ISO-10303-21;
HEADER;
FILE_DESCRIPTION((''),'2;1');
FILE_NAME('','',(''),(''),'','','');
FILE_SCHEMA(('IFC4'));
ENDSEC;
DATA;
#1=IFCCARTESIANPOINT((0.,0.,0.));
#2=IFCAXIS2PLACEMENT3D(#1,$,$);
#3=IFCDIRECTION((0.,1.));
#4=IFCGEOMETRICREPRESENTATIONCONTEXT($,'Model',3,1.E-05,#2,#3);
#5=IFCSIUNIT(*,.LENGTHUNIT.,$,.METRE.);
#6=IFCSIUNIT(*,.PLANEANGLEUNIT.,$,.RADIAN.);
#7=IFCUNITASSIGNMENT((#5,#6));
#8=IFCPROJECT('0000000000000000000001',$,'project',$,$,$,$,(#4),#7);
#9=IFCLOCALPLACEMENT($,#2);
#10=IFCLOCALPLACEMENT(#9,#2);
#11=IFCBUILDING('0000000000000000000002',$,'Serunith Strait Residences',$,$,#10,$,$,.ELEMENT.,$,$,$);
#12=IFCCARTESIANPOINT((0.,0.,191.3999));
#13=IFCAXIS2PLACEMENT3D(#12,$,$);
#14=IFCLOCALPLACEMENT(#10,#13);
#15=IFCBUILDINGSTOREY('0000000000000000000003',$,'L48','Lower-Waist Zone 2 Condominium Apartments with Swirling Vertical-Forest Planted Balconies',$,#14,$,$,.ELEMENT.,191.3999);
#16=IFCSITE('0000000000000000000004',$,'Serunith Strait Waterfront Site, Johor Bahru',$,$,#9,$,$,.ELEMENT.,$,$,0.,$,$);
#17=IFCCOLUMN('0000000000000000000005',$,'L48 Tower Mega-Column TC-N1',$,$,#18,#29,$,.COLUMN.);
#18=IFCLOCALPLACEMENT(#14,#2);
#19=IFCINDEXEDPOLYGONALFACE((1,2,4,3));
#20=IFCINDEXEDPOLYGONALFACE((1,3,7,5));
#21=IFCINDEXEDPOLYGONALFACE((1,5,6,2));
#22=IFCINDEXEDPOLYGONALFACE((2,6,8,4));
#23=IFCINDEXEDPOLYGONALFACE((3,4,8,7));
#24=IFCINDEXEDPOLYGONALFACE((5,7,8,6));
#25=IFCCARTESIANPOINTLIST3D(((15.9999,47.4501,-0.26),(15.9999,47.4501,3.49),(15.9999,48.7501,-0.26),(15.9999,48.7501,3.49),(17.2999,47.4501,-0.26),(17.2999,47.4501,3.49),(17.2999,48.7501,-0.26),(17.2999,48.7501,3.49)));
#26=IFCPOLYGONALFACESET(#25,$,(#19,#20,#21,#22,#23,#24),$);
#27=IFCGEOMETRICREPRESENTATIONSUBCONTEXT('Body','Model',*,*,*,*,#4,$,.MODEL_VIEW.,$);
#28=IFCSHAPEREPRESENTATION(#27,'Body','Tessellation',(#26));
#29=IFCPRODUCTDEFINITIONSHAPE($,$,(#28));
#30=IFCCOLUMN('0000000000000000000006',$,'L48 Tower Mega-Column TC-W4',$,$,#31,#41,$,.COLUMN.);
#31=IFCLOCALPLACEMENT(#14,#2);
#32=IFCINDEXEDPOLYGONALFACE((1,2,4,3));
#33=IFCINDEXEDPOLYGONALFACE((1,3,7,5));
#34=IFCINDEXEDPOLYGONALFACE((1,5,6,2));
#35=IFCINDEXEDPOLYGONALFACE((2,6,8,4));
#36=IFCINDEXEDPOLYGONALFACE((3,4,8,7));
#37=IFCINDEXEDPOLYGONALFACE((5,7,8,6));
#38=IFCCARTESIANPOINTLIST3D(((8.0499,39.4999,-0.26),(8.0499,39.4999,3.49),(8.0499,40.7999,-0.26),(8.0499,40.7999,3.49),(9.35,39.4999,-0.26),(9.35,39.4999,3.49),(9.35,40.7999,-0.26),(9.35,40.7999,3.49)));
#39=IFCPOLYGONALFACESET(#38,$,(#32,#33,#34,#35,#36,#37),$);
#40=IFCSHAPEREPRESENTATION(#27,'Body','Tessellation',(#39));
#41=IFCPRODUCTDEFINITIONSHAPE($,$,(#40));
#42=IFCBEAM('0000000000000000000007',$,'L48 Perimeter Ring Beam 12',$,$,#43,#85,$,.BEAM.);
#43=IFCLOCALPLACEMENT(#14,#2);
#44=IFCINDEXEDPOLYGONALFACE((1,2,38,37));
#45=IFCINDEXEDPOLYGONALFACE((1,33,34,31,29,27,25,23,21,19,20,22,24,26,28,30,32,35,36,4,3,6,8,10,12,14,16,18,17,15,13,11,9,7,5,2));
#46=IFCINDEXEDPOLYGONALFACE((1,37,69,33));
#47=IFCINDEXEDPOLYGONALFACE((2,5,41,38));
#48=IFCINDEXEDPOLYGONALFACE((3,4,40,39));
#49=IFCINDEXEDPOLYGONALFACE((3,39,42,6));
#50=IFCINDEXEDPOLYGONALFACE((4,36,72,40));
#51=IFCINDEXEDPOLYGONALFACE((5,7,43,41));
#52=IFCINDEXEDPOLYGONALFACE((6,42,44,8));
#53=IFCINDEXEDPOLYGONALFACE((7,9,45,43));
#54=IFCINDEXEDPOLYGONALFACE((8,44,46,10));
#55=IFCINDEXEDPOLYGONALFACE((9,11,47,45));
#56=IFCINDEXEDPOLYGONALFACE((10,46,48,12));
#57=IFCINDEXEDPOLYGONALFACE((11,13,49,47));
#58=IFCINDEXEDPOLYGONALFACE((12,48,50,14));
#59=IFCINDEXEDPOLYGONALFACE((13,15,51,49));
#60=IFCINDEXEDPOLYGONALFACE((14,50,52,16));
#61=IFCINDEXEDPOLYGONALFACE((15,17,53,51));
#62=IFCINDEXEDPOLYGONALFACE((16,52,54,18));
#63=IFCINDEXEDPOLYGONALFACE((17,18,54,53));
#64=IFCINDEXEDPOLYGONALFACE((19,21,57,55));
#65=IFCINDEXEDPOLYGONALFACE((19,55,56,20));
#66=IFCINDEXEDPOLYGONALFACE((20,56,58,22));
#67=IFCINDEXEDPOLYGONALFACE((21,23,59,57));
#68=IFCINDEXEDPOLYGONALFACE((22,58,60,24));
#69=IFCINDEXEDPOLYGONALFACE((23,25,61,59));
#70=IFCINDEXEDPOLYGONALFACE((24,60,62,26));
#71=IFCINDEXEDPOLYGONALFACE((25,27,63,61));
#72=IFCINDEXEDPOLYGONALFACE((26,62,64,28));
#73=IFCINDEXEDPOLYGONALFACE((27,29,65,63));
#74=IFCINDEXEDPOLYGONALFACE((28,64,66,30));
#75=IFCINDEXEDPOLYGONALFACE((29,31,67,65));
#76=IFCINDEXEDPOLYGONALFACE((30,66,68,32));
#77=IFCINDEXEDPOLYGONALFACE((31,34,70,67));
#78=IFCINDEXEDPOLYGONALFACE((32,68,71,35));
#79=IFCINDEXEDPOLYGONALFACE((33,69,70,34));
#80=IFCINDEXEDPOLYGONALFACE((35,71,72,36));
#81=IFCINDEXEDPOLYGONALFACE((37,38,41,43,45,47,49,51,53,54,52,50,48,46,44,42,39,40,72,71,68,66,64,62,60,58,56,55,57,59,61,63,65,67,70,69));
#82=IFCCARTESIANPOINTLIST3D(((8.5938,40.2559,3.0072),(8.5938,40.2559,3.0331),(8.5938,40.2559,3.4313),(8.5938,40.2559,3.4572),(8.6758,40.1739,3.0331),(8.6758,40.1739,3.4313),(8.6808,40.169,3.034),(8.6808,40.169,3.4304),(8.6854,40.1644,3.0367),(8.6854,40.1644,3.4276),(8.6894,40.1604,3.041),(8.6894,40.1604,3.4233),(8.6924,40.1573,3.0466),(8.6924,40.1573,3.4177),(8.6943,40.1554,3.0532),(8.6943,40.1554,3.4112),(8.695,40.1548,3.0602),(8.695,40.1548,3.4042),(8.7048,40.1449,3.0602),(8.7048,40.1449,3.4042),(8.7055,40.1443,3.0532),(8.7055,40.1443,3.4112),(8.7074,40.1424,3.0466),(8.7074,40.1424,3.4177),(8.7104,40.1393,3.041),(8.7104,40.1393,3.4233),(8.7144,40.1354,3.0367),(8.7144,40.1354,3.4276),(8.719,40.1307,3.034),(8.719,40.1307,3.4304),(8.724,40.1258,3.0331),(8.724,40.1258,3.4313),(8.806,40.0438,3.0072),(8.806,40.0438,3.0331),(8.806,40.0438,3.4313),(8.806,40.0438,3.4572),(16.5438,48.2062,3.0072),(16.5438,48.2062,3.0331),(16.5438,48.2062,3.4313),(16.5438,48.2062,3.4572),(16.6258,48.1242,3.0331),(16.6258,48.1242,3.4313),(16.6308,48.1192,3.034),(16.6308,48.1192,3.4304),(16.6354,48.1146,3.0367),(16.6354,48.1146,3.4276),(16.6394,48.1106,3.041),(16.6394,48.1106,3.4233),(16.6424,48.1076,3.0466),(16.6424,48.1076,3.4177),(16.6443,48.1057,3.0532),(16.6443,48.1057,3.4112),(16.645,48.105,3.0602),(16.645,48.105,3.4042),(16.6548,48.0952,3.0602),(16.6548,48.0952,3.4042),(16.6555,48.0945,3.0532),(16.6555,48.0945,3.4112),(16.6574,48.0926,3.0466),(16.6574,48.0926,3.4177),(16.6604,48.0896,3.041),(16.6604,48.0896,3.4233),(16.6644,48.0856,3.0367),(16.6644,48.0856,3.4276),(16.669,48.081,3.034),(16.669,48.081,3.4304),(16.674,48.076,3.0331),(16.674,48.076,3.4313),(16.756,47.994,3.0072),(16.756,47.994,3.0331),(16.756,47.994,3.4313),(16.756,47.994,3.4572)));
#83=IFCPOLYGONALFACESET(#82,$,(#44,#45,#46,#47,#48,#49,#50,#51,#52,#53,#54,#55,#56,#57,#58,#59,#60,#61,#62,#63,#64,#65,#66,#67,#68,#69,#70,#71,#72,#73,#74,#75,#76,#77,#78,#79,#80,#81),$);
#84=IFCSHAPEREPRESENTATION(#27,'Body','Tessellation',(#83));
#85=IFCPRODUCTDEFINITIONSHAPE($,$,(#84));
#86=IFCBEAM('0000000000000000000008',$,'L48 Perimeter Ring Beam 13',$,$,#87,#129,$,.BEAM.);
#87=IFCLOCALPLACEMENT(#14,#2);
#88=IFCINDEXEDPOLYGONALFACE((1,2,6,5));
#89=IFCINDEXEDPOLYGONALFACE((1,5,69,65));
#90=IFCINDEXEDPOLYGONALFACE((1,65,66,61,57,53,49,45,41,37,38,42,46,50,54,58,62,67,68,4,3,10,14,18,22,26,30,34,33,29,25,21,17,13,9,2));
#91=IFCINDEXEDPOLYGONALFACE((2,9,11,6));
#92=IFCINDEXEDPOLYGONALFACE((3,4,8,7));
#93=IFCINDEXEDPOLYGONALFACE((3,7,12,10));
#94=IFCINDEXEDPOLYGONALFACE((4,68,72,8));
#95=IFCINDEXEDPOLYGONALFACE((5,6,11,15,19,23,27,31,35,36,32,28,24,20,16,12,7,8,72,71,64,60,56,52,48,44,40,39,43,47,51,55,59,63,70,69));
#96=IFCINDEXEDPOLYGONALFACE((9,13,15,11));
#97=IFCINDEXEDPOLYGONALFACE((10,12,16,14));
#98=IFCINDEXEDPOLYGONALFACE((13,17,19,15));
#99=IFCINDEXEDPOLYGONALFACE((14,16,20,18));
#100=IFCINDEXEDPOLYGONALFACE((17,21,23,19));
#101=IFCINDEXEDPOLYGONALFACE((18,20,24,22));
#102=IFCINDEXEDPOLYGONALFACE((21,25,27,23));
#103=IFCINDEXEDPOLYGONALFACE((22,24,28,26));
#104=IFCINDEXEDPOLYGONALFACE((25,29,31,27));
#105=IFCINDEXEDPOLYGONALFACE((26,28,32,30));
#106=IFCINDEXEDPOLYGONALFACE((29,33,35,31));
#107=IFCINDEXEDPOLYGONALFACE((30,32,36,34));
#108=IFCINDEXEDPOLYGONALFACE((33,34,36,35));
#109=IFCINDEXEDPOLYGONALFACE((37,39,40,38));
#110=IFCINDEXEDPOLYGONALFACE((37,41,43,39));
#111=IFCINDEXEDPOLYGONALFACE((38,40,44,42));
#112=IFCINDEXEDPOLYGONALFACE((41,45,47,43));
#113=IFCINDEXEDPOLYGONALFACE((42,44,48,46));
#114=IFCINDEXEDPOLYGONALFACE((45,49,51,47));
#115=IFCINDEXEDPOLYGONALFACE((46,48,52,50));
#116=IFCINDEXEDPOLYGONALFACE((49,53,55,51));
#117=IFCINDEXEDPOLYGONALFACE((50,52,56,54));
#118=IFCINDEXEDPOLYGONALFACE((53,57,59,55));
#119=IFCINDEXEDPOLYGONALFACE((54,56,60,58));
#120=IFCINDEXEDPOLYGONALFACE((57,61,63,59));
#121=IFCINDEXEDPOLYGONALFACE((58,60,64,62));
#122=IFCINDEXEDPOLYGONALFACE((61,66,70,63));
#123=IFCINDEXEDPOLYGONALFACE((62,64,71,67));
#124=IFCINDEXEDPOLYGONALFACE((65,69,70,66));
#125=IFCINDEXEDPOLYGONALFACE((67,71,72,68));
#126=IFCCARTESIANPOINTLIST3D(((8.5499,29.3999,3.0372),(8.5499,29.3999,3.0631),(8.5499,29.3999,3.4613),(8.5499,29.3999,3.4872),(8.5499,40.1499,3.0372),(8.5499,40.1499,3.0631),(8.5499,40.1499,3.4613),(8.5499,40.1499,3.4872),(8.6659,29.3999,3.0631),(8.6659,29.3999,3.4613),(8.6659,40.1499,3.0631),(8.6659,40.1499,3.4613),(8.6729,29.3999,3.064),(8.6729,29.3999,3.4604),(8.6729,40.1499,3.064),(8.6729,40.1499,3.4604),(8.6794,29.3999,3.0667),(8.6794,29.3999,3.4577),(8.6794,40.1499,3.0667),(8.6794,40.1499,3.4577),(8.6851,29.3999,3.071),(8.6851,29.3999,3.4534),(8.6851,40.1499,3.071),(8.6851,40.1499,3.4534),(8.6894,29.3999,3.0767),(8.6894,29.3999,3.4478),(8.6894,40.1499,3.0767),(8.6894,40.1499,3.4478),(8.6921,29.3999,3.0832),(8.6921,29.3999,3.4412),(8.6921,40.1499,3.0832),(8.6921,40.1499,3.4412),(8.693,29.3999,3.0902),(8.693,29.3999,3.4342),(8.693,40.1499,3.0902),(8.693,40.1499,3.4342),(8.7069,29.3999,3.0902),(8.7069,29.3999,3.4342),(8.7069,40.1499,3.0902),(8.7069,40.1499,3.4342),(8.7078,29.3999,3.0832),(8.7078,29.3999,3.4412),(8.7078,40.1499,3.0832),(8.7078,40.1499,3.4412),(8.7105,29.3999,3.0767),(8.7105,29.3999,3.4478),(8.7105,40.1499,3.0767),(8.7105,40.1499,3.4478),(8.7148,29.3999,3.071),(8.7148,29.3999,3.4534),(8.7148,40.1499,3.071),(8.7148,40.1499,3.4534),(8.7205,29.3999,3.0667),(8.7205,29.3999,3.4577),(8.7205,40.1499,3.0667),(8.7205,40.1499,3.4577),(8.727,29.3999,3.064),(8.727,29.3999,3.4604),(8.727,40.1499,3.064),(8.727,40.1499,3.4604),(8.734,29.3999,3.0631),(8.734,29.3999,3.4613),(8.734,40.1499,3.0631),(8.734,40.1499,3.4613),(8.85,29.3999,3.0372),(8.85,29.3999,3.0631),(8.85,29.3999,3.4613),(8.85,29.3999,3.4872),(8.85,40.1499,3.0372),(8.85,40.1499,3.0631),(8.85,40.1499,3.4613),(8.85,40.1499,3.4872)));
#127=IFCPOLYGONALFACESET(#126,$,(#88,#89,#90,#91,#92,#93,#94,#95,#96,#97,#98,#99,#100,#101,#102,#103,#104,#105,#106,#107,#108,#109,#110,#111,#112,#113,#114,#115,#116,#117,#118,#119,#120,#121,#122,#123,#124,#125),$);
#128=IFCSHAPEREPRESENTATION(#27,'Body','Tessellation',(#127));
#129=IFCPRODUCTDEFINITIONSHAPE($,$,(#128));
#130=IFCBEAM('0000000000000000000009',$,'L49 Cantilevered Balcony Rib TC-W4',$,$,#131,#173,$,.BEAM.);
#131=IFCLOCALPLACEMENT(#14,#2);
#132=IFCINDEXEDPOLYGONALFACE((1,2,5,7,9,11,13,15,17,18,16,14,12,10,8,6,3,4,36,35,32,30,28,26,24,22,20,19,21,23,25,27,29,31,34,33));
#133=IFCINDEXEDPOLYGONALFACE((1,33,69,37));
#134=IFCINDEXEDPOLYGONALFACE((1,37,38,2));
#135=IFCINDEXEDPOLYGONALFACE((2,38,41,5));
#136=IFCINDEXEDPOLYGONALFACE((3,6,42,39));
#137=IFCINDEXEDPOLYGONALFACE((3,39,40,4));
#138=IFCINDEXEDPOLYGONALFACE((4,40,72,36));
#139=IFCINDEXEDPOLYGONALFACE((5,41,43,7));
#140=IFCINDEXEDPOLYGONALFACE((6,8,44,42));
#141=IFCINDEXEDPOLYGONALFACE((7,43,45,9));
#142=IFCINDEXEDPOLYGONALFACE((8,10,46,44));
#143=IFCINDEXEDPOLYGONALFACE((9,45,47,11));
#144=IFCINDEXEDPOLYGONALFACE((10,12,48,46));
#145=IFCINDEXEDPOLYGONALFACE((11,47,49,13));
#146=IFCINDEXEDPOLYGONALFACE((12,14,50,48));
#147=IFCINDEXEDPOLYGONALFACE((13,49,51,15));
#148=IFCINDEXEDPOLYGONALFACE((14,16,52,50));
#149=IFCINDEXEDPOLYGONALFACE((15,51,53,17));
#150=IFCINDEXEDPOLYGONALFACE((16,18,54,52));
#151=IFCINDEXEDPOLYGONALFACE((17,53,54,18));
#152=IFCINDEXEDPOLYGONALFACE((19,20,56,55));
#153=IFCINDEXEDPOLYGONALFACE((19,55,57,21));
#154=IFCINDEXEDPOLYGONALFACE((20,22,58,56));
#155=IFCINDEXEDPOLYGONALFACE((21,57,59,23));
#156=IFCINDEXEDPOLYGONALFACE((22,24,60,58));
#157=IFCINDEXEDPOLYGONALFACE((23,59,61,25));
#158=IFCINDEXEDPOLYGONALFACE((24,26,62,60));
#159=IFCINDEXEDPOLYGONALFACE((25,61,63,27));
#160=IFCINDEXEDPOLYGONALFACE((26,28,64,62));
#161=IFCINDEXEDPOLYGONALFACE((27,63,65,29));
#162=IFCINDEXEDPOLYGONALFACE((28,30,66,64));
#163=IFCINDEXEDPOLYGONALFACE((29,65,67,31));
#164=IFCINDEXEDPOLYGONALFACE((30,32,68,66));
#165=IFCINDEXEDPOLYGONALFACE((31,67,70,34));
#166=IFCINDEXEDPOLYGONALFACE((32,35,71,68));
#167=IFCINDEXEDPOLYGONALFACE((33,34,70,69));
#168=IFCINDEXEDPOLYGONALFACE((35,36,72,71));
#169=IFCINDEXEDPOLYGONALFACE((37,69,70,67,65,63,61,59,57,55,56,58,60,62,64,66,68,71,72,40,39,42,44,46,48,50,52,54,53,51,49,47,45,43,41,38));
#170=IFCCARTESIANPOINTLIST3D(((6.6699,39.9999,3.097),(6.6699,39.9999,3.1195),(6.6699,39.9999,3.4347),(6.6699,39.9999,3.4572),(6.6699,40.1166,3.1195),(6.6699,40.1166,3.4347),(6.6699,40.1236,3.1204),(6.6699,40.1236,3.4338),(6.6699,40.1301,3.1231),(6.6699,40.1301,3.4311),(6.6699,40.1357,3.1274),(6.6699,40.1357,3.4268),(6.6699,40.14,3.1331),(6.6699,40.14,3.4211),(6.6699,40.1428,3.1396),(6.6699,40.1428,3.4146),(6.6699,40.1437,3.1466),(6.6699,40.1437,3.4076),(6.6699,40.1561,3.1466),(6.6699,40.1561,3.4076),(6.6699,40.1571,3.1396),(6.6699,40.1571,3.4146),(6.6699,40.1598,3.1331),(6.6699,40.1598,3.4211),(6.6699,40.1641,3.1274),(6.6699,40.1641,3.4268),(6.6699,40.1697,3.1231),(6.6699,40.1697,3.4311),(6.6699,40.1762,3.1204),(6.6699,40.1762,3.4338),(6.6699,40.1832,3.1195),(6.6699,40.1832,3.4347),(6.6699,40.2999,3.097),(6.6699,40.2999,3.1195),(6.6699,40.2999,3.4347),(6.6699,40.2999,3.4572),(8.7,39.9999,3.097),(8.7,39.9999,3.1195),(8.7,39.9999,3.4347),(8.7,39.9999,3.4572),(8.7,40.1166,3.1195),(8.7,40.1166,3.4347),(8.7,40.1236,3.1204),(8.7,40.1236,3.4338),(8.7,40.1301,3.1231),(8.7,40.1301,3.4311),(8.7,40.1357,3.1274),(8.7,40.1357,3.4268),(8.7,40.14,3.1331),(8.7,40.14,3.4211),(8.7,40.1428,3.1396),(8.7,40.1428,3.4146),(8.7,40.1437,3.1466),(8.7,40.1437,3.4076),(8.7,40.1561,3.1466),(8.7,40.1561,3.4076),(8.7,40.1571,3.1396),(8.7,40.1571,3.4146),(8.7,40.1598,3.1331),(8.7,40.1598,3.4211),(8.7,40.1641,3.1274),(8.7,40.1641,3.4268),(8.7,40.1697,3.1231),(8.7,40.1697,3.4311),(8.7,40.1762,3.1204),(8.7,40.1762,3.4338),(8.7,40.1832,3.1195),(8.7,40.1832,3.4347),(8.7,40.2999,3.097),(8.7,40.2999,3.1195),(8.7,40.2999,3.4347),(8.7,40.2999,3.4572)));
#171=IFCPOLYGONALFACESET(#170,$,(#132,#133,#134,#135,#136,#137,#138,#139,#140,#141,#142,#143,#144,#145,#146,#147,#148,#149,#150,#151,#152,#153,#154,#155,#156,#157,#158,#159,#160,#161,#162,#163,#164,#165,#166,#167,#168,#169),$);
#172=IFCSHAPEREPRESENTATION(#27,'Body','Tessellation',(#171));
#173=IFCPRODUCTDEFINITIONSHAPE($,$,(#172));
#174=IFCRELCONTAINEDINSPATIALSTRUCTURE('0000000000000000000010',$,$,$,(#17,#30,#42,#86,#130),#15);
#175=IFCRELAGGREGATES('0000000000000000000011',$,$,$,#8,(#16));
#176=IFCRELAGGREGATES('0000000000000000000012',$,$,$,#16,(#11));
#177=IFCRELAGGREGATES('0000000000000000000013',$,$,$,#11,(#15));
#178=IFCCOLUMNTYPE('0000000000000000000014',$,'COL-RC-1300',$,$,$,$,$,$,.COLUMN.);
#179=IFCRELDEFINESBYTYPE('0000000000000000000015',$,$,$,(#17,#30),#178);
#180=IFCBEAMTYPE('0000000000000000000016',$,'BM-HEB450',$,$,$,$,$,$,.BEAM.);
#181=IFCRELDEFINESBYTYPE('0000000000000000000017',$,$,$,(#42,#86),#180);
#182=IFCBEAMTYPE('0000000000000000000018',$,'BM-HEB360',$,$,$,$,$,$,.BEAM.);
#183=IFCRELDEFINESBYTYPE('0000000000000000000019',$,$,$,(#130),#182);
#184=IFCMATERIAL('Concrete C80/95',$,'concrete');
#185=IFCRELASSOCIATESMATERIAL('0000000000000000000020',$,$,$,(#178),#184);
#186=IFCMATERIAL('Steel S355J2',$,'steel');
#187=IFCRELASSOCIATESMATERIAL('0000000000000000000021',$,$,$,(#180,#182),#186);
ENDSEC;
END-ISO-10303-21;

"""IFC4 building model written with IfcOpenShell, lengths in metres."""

from ifc_helpers import new_model, si_unit, direction, frame, origin, origin_2d, place, context, subcontext, project, spatial, rectangle, i_section, extrude, source, transform, mapped, material, material_profile, profile_set, type_object, element, save


model = new_model("IFC4")

# Units and contexts
model_context = context("Model", 3, precision=1e-05, world=origin(), true_north=direction((0.0, 1.0)))
body_context = subcontext(model_context, "Body", "Model", "MODEL_VIEW")
ifc_project = project(units=[si_unit("LENGTHUNIT", "METRE"), si_unit("PLANEANGLEUNIT", "RADIAN")], contexts=[model_context])

# Site, building, storey
site_placement = place(None, origin())
site = spatial("IfcSite", under=ifc_project, at=site_placement, Name="Serunith Strait Waterfront Site, Johor Bahru", CompositionType="ELEMENT", RefElevation=0.0)
building_placement = place(site_placement, origin())
building = spatial("IfcBuilding", under=site, at=building_placement, Name="Serunith Strait Residences", CompositionType="ELEMENT")
storey_placement = place(building_placement, frame((0.0, 0.0, 191.3999)))
storey = spatial("IfcBuildingStorey", under=building, at=storey_placement, Name="L48", Description="Lower-Waist Zone 2 Condominium Apartments with Swirling Vertical-Forest Planted Balconies", CompositionType="ELEMENT", Elevation=191.3999)

# Columns
ifc_material_1 = material(Name="Concrete C80/95", Category="concrete")
ifc_material_profile_1 = material_profile(ifc_material_1, rectangle(XDim=1.3, YDim=1.3, at=origin_2d()), Name="RC 1300x1300")
ifc_profile_set_1 = profile_set([ifc_material_profile_1], Name="Concrete C80/95")
column_type = type_object("IfcColumnType", Name="COL-RC-1300", PredefinedType="COLUMN", material=ifc_profile_set_1)
shared_shape_1 = source(origin(), body_context, "Body", "SweptSolid", [
    extrude(rectangle(XDim=1.3, YDim=1.3, at=origin_2d()), origin(), (0.0, 0.0, 1.0), 3.75),
])
for number, where, z_axis, x_axis, name in (
    (1, (16.6499, 48.1001, -0.26), (0.0, 0.0, 1.0), (1.0, 0.0, 0.0), "L48 Tower Mega-Column TC-N1"),
    (2, (8.7, 40.1499, -0.26), (0.0, 0.0, 1.0), (1.0, 0.0, 0.0), "L48 Tower Mega-Column TC-W4"),
):
    element("IfcColumn", number, at=place(storey_placement, frame(where, z_axis=z_axis, x_axis=x_axis)), inside=storey, type_object=column_type, Name=name, PredefinedType="COLUMN", context=body_context, shape_type="MappedRepresentation", body=[
        mapped(shared_shape_1, transform((0.0, 0.0, 0.0), scale=1.0)),
    ])

# Beams
ifc_material_2 = material(Name="Steel S355J2", Category="steel")
ifc_material_profile_2 = material_profile(ifc_material_2, i_section(OverallWidth=0.3, OverallDepth=0.45, WebThickness=0.0139, FlangeThickness=0.0259, FilletRadius=0.0271, at=origin_2d()), Name="HEB 450")
ifc_profile_set_2 = profile_set([ifc_material_profile_2], Name="Steel S355J2")
beam_type_1 = type_object("IfcBeamType", Name="BM-HEB450", PredefinedType="BEAM", material=ifc_profile_set_2)
shared_shape_2 = source(origin(), body_context, "Body", "SweptSolid", [
    extrude(i_section(OverallWidth=0.3, OverallDepth=0.45, WebThickness=0.0139, FlangeThickness=0.0259, FilletRadius=0.0271, at=origin_2d()), origin(), (0.0, 0.0, 1.0), 11.2432),
])
beam_1_placement = place(storey_placement, frame((16.6499, 48.1001, 3.2322), z_axis=(-0.707096, -0.707118, 0.0), x_axis=(0.707118, -0.707096, 0.0)))
element("IfcBeam", 3, at=beam_1_placement, inside=storey, type_object=beam_type_1, Name="L48 Perimeter Ring Beam 12", PredefinedType="BEAM", context=body_context, shape_type="MappedRepresentation", body=[
    mapped(shared_shape_2, transform((0.0, 0.0, 0.0), scale=1.0)),
])
shared_shape_3 = source(origin(), body_context, "Body", "SweptSolid", [
    extrude(i_section(OverallWidth=0.3, OverallDepth=0.45, WebThickness=0.0139, FlangeThickness=0.0259, FilletRadius=0.0271, at=origin_2d()), origin(), (0.0, 0.0, 1.0), 10.75),
])
beam_2_placement = place(storey_placement, frame((8.7, 40.1499, 3.2622), z_axis=(0.0, -1.0, 0.0), x_axis=(1.0, 0.0, 0.0)))
element("IfcBeam", 4, at=beam_2_placement, inside=storey, type_object=beam_type_1, Name="L48 Perimeter Ring Beam 13", PredefinedType="BEAM", context=body_context, shape_type="MappedRepresentation", body=[
    mapped(shared_shape_3, transform((0.0, 0.0, 0.0), scale=1.0)),
])
ifc_material_profile_3 = material_profile(ifc_material_2, i_section(OverallWidth=0.3, OverallDepth=0.3601, WebThickness=0.0125, FlangeThickness=0.0225, FilletRadius=0.0271, at=origin_2d()), Name="HEB 360")
ifc_profile_set_3 = profile_set([ifc_material_profile_3], Name="Steel S355J2")
beam_type_2 = type_object("IfcBeamType", Name="BM-HEB360", PredefinedType="BEAM", material=ifc_profile_set_3)
shared_shape_4 = source(origin(), body_context, "Body", "SweptSolid", [
    extrude(i_section(OverallWidth=0.3, OverallDepth=0.3601, WebThickness=0.0125, FlangeThickness=0.0225, FilletRadius=0.0271, at=origin_2d()), origin(), (0.0, 0.0, 1.0), 2.03),
])
beam_3_placement = place(storey_placement, frame((8.7, 40.1499, 3.2771), z_axis=(-1.0, 0.0, 0.0), x_axis=(0.0, -1.0, 0.0)))
element("IfcBeam", 5, at=beam_3_placement, inside=storey, type_object=beam_type_2, Name="L49 Cantilevered Balcony Rib TC-W4", PredefinedType="BEAM", context=body_context, shape_type="MappedRepresentation", body=[
    mapped(shared_shape_4, transform((0.0, 0.0, 0.0), scale=1.0)),
])

save(model, "model.ifc")
